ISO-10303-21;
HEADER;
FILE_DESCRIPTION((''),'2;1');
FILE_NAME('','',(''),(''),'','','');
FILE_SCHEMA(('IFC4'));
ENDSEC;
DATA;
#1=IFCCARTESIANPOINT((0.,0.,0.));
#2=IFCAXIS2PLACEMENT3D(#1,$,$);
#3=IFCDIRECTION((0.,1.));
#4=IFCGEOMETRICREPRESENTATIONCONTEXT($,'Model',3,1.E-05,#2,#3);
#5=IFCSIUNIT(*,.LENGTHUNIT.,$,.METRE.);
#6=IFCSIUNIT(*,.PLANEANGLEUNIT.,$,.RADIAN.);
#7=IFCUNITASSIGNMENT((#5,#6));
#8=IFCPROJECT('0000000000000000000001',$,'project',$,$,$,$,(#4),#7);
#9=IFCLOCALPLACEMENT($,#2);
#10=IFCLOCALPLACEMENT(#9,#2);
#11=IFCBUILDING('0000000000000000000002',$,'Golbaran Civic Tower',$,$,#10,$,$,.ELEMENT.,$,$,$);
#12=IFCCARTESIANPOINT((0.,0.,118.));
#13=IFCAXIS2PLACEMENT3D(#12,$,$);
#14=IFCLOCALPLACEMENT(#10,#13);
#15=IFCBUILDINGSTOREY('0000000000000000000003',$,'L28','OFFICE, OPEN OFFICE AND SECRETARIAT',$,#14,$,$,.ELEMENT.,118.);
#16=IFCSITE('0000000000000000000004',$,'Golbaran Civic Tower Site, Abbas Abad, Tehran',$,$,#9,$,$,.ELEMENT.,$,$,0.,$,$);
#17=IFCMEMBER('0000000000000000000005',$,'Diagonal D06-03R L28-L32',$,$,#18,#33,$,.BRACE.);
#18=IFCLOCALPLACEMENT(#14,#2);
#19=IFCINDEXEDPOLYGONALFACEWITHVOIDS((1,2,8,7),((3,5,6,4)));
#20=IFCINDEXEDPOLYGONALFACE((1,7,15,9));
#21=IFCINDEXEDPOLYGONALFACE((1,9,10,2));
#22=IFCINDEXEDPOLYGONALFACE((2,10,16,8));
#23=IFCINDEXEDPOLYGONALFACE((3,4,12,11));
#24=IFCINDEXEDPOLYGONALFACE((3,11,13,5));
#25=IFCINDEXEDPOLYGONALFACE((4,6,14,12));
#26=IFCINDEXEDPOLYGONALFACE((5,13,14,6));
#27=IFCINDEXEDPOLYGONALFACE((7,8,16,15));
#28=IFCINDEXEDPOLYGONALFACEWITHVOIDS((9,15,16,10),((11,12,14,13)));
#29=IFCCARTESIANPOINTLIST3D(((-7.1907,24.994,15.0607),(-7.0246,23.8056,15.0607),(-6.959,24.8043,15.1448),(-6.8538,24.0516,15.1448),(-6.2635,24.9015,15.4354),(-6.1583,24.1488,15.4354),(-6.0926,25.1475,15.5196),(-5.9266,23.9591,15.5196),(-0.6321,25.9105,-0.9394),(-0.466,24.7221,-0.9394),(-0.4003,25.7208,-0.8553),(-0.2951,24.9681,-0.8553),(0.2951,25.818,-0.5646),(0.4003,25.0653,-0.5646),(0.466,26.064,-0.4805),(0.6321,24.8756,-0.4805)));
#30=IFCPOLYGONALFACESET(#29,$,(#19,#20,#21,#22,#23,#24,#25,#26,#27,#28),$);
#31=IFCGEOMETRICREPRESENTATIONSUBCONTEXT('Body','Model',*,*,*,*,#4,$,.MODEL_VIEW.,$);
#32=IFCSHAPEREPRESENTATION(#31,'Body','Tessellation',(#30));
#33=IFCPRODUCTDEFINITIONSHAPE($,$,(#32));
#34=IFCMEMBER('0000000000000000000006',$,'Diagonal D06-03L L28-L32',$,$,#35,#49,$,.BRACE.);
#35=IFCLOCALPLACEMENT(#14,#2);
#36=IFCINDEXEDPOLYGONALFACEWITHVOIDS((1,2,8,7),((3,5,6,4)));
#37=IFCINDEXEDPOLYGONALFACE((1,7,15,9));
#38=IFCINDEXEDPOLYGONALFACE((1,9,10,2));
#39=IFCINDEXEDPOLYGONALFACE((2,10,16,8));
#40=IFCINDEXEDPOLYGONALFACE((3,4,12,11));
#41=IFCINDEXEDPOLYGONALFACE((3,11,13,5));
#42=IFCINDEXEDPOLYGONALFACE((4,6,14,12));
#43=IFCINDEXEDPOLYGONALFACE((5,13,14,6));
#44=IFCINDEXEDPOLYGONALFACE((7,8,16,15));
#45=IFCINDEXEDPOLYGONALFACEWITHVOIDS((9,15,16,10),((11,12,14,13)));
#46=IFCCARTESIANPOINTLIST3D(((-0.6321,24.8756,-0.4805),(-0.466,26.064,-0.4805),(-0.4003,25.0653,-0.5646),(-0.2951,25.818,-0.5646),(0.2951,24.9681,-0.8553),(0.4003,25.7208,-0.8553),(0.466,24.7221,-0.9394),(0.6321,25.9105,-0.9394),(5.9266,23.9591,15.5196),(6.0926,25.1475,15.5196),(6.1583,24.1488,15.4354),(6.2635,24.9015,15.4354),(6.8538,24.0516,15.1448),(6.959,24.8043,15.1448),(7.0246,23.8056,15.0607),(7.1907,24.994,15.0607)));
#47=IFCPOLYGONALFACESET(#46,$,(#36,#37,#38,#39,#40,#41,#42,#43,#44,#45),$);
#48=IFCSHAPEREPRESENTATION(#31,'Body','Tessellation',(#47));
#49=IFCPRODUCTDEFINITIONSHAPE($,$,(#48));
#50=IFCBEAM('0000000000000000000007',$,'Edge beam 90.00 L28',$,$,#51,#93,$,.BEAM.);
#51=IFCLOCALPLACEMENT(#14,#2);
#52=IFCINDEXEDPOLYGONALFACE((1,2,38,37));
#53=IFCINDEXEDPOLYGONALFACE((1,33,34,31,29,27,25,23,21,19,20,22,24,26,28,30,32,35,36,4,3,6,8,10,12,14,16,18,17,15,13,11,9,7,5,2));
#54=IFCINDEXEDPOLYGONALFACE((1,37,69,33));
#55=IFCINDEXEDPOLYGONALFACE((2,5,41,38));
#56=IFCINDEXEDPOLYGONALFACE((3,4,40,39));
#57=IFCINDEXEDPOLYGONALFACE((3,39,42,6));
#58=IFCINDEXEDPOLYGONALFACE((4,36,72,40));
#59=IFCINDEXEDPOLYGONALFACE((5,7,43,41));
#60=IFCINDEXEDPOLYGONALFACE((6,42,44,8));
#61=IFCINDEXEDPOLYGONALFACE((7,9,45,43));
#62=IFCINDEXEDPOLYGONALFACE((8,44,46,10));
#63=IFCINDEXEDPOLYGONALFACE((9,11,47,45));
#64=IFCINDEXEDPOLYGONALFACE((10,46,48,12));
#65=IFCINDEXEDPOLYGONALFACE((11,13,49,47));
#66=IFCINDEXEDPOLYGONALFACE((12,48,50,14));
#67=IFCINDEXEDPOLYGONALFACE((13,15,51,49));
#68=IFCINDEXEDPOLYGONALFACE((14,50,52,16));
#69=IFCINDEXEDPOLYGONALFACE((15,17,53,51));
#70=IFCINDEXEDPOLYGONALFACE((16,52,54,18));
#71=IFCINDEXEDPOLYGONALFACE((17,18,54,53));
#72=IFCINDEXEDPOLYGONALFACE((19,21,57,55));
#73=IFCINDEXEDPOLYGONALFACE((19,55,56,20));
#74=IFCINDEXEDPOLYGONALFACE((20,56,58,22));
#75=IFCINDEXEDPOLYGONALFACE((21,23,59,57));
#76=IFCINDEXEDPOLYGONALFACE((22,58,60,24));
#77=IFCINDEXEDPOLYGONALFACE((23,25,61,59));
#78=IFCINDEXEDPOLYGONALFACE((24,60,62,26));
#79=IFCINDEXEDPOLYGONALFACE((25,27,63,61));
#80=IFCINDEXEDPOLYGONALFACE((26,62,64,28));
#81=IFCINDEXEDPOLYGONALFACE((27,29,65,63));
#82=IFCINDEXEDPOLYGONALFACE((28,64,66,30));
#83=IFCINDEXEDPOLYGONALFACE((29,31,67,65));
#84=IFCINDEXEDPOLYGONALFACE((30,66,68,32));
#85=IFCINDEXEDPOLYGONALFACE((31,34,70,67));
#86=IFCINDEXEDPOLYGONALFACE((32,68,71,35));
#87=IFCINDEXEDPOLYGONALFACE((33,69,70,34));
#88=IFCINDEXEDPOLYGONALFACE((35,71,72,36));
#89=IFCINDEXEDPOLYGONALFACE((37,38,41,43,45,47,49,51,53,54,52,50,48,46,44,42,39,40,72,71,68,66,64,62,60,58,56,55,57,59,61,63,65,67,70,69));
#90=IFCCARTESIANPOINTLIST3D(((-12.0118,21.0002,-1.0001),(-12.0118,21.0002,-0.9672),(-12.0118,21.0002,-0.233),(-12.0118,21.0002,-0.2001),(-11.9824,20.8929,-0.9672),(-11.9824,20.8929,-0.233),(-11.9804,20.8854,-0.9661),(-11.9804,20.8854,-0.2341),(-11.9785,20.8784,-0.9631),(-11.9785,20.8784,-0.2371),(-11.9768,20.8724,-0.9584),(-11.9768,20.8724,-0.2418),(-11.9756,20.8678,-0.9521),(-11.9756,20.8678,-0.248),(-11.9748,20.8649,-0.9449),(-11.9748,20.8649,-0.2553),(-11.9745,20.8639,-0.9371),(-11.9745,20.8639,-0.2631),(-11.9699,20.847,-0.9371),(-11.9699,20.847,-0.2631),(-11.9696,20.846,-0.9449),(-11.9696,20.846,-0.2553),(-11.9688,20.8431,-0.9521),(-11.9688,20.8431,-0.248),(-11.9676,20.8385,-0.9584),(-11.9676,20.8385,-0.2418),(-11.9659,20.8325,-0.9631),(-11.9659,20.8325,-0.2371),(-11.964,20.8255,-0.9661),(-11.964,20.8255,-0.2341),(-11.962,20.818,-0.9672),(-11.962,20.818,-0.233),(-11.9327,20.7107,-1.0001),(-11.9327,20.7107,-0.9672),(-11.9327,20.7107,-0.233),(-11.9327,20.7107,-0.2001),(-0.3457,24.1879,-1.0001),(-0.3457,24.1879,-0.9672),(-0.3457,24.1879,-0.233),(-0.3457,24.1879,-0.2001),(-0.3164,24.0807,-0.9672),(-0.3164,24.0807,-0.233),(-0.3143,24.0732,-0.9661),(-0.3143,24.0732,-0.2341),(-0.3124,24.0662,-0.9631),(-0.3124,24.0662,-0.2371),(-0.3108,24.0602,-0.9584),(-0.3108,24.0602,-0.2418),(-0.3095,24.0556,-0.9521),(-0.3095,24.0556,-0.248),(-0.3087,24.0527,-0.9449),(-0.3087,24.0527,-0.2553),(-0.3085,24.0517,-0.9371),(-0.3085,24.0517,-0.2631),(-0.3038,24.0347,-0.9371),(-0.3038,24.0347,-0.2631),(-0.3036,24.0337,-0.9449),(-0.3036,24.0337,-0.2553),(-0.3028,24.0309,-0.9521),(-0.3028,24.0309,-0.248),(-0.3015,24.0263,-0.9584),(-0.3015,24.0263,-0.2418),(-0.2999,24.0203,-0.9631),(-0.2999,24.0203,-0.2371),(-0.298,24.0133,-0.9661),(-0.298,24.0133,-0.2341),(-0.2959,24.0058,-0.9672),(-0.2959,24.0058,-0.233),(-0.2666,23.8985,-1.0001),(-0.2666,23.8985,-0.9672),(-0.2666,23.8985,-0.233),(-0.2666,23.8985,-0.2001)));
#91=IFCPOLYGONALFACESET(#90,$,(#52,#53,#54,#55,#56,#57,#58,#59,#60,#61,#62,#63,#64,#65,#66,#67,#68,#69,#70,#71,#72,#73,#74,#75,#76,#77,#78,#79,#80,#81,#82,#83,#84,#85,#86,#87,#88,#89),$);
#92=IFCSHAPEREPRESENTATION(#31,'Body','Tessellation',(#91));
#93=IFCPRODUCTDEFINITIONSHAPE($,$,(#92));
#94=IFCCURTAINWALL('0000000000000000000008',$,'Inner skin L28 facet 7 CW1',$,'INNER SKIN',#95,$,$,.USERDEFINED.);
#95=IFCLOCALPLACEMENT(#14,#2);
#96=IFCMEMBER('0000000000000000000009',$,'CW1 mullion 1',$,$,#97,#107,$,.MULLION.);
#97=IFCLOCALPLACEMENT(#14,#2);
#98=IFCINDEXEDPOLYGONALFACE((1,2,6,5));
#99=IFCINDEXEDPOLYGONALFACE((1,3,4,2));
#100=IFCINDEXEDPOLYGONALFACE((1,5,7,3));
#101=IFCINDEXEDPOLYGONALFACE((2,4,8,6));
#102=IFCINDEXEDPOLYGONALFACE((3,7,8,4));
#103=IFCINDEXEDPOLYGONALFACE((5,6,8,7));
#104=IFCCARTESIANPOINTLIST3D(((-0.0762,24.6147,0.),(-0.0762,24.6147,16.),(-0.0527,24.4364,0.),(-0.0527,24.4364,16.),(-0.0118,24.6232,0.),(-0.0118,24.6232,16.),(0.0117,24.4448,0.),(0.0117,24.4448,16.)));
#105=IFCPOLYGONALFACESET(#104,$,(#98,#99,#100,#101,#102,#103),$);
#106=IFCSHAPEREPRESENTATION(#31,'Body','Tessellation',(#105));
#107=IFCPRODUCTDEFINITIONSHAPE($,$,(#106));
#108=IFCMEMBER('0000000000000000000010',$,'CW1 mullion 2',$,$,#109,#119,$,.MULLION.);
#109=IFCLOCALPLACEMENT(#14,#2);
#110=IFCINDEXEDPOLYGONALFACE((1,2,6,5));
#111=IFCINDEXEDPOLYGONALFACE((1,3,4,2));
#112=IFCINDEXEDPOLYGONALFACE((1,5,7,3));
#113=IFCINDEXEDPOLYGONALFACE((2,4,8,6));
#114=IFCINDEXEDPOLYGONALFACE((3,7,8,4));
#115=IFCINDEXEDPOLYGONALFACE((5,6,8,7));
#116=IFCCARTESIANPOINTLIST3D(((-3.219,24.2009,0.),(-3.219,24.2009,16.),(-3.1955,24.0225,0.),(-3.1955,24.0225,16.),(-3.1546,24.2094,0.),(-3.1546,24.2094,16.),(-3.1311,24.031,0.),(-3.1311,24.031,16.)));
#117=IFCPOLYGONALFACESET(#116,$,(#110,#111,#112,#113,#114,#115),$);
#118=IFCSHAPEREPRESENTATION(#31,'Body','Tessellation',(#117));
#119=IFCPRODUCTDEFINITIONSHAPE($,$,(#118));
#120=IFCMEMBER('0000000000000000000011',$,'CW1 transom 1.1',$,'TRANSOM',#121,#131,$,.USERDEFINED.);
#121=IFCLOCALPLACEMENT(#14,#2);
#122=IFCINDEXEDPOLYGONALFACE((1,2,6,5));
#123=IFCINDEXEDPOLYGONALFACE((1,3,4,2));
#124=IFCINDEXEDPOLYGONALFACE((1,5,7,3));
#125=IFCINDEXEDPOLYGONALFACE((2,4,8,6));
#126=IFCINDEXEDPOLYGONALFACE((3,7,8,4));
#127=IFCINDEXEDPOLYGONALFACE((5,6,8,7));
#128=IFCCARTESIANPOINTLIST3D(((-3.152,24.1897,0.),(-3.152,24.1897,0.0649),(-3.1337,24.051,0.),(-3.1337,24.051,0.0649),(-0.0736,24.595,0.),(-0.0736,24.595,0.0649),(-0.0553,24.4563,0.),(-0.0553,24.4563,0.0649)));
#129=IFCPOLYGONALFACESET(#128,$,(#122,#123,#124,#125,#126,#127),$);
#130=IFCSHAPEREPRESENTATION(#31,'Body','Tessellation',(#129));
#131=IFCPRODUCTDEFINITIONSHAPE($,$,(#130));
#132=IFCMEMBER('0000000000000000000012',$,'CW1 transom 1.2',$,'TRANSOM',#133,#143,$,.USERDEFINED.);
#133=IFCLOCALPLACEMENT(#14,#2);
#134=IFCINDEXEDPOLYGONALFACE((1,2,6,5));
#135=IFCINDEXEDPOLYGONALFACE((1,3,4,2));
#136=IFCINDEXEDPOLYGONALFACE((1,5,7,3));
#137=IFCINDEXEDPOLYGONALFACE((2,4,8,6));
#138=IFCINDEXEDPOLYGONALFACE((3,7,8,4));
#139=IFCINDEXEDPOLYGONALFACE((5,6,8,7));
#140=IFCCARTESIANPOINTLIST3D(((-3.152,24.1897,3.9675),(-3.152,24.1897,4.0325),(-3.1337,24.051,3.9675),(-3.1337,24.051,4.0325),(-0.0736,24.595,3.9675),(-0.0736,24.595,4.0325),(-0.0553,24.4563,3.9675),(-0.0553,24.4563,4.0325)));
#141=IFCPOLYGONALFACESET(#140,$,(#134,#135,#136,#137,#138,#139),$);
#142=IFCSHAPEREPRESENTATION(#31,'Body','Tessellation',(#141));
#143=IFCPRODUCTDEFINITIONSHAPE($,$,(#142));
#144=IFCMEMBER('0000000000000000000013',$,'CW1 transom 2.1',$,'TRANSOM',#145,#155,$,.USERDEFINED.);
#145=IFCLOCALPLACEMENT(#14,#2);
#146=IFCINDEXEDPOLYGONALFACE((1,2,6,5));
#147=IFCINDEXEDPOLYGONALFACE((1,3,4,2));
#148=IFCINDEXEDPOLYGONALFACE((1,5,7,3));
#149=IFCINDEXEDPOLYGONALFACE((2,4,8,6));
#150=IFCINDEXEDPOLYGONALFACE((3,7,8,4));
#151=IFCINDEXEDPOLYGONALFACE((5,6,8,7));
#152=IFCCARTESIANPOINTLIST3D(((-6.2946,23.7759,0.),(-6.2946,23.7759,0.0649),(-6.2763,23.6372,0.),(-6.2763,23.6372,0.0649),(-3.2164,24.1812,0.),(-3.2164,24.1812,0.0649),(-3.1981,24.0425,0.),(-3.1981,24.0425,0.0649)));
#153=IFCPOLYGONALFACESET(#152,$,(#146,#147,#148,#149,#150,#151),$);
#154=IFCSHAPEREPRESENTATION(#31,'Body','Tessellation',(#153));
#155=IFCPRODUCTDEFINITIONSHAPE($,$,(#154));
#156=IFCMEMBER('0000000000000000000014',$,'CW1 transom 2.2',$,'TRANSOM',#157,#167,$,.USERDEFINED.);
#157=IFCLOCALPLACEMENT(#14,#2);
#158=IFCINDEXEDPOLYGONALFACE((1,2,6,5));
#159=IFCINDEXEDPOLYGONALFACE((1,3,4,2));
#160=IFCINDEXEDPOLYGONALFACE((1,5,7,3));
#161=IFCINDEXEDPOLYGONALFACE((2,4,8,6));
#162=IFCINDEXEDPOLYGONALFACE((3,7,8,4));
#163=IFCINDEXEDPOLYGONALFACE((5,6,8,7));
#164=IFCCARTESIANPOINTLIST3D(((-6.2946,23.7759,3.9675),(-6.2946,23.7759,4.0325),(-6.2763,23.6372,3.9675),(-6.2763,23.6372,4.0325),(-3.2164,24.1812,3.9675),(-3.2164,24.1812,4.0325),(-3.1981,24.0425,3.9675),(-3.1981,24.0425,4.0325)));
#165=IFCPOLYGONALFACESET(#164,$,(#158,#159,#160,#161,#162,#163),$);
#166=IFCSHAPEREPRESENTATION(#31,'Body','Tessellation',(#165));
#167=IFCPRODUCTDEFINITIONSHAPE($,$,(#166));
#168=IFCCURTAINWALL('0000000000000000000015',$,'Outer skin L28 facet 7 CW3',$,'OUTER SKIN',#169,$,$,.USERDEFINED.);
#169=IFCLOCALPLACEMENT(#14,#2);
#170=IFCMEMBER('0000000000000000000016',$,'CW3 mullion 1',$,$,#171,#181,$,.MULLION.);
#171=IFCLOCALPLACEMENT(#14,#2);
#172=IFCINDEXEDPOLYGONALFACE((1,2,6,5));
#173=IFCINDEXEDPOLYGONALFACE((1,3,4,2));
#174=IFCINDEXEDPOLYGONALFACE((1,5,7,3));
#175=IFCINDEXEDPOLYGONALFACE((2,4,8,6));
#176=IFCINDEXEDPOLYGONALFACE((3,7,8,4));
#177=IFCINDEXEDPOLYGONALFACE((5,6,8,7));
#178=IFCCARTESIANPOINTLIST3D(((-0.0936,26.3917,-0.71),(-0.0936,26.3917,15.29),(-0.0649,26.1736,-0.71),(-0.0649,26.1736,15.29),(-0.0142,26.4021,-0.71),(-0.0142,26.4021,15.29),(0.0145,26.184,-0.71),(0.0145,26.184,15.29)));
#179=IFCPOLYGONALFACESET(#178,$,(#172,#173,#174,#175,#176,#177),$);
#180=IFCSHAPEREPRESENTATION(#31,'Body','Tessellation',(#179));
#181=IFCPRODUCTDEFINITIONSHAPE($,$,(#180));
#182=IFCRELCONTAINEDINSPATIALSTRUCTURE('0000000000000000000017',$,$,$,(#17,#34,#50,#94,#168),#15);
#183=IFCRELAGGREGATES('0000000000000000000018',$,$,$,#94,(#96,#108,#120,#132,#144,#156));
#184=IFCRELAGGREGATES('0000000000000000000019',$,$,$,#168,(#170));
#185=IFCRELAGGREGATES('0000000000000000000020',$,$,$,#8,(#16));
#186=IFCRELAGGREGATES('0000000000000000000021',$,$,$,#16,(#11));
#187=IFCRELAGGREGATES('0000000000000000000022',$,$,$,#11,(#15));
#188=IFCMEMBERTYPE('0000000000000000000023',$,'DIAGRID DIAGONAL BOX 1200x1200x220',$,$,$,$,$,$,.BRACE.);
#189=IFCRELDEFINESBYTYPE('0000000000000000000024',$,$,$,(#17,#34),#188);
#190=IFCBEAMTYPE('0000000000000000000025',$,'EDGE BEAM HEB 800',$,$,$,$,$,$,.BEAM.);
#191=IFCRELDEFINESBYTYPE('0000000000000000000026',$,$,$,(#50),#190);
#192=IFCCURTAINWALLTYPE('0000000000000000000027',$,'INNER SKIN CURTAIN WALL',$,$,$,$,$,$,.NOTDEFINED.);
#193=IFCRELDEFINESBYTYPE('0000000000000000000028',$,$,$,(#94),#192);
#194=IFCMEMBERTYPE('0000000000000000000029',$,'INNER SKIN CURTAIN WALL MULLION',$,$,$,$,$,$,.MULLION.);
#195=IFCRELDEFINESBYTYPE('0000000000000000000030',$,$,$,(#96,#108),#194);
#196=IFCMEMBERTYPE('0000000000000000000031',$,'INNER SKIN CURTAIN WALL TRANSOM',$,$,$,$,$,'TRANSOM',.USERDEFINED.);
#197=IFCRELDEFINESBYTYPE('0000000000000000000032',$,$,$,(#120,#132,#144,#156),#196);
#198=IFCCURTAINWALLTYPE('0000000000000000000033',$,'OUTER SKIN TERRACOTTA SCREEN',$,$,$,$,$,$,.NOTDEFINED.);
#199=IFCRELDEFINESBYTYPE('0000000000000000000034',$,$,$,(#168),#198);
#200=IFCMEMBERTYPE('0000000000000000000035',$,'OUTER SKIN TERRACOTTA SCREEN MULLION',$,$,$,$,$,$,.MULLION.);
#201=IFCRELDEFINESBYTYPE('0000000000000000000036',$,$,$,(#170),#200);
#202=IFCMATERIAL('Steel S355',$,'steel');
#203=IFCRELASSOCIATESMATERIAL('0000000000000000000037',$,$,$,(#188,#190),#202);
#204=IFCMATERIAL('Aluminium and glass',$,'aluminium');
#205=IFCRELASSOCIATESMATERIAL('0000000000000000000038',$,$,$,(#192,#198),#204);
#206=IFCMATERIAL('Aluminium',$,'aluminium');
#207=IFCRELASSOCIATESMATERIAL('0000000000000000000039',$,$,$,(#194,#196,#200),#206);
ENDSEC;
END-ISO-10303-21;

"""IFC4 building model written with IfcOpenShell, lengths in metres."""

from ifc_helpers import new_model, si_unit, direction, frame, origin, origin_2d, place, context, subcontext, project, spatial, rectangle, hollow_rectangle, i_section, extrude, material, material_profile, profile_set, type_object, element, aggregate, save


model = new_model("IFC4")

# Units and contexts
model_context = context("Model", 3, precision=1e-05, world=origin(), true_north=direction((0.0, 1.0)))
body_context = subcontext(model_context, "Body", "Model", "MODEL_VIEW")
ifc_project = project(units=[si_unit("LENGTHUNIT", "METRE"), si_unit("PLANEANGLEUNIT", "RADIAN")], contexts=[model_context])

# Site, building, storey
site_placement = place(None, origin())
site = spatial("IfcSite", under=ifc_project, at=site_placement, Name="Golbaran Civic Tower Site, Abbas Abad, Tehran", CompositionType="ELEMENT", RefElevation=0.0)
building_placement = place(site_placement, origin())
building = spatial("IfcBuilding", under=site, at=building_placement, Name="Golbaran Civic Tower", CompositionType="ELEMENT")
storey_placement = place(building_placement, frame((0.0, 0.0, 118.0)))
storey = spatial("IfcBuildingStorey", under=building, at=storey_placement, Name="L28", Description="OFFICE, OPEN OFFICE AND SECRETARIAT", CompositionType="ELEMENT", Elevation=118.0)

# Members
ifc_material_1 = material(Name="Steel S355", Category="steel")
ifc_material_profile_1 = material_profile(ifc_material_1, hollow_rectangle(XDim=1.2, YDim=1.2, WallThickness=0.22, at=origin_2d()), Name="BOX 1200x1200x220")
ifc_profile_set_1 = profile_set([ifc_material_profile_1], Name="Steel S355")
member_type_1 = type_object("IfcMemberType", Name="DIAGRID DIAGONAL BOX 1200x1200x220", PredefinedType="BRACE", material=ifc_profile_set_1)
for number, where, z_axis, x_axis, name in (
    (1, (0.0, 25.3931, -0.71), (-0.378752, -0.052927, 0.923984), (0.138396, -0.990377, 0.0), "Diagonal D06-03R L28-L32"),
    (2, (0.0, 25.3931, -0.71), (0.378752, -0.052927, 0.923984), (0.138396, 0.990377, 0.0), "Diagonal D06-03L L28-L32"),
):
    element("IfcMember", number, at=place(storey_placement, frame(where, z_axis=z_axis, x_axis=x_axis)), inside=storey, type_object=member_type_1, Name=name, PredefinedType="BRACE", context=body_context, shape_type="SweptSolid", body=[
        extrude(hollow_rectangle(XDim=1.2, YDim=1.2, WallThickness=0.22, at=origin_2d()), origin(), (0.0, 0.0, 1.0), 17.3164),
    ])

# Beam
ifc_material_profile_2 = material_profile(ifc_material_1, i_section(OverallWidth=0.3, OverallDepth=0.8, WebThickness=0.0176, FlangeThickness=0.033, FilletRadius=0.03, at=origin_2d()), Name="HEB 800")
ifc_profile_set_2 = profile_set([ifc_material_profile_2], Name="Steel S355")
beam_type = type_object("IfcBeamType", Name="EDGE BEAM HEB 800", PredefinedType="BEAM", material=ifc_profile_set_2)
beam_placement = place(storey_placement, frame((-0.3062, 24.0432, -0.6001), z_axis=(-0.964636, -0.263587, 0.0), x_axis=(0.263587, -0.964636, 0.0)))
element("IfcBeam", 3, at=beam_placement, inside=storey, type_object=beam_type, Name="Edge beam 90.00 L28", PredefinedType="BEAM", context=body_context, shape_type="SweptSolid", body=[
    extrude(i_section(OverallWidth=0.3, OverallDepth=0.8, WebThickness=0.0176, FlangeThickness=0.033, FilletRadius=0.03, at=origin_2d()), origin(), (0.0, 0.0, 1.0), 12.0938),
])

# Curtain walls, members
ifc_material_2 = material(Name="Aluminium and glass", Category="aluminium")
curtain_wall_type_1 = type_object("IfcCurtainWallType", Name="INNER SKIN CURTAIN WALL", PredefinedType="NOTDEFINED", material=ifc_material_2)
curtain_wall_1_placement = place(storey_placement, origin())
curtain_wall_1 = element("IfcCurtainWall", 4, at=curtain_wall_1_placement, inside=storey, type_object=curtain_wall_type_1, Name="Inner skin L28 facet 7 CW1", ObjectType="INNER SKIN", PredefinedType="USERDEFINED")
ifc_material_3 = material(Name="Aluminium", Category="aluminium")
ifc_material_profile_3 = material_profile(ifc_material_3, rectangle(XDim=0.1799, YDim=0.0649, at=origin_2d()), Name="INNER SKIN CURTAIN WALL MULLION")
ifc_profile_set_3 = profile_set([ifc_material_profile_3], Name="Aluminium")
member_type_2 = type_object("IfcMemberType", Name="INNER SKIN CURTAIN WALL MULLION", PredefinedType="MULLION", material=ifc_profile_set_3)
member_1_placement = place(storey_placement, frame((-0.0322, 24.5298, 0.0), z_axis=(0.0, 0.0, 1.0), x_axis=(0.130526, -0.991445, 0.0)))
member_1 = element("IfcMember", 5, at=member_1_placement, type_object=member_type_2, Name="CW1 mullion 1", PredefinedType="MULLION", context=body_context, shape_type="SweptSolid", body=[
    extrude(rectangle(XDim=0.1799, YDim=0.0649, at=origin_2d()), origin(), (0.0, 0.0, 1.0), 16.0),
])
member_2_placement = place(storey_placement, frame((-3.175, 24.116, 0.0), z_axis=(0.0, 0.0, 1.0), x_axis=(0.130526, -0.991445, 0.0)))
member_2 = element("IfcMember", 6, at=member_2_placement, type_object=member_type_2, Name="CW1 mullion 2", PredefinedType="MULLION", context=body_context, shape_type="SweptSolid", body=[
    extrude(rectangle(XDim=0.1799, YDim=0.0649, at=origin_2d()), origin(), (0.0, 0.0, 1.0), 16.0),
])
ifc_material_profile_4 = material_profile(ifc_material_3, rectangle(XDim=0.1399, YDim=0.0649, at=origin_2d()), Name="INNER SKIN CURTAIN WALL TRANSOM")
ifc_profile_set_4 = profile_set([ifc_material_profile_4], Name="Aluminium")
member_type_3 = type_object("IfcMemberType", Name="INNER SKIN CURTAIN WALL TRANSOM", ElementType="TRANSOM", PredefinedType="USERDEFINED", material=ifc_profile_set_4)
member_3_placement = place(storey_placement, frame((-0.0645, 24.5256, 0.0325), z_axis=(-0.991445, -0.130526, 0.0), x_axis=(0.130526, -0.991445, 0.0)))
member_3 = element("IfcMember", 7, at=member_3_placement, type_object=member_type_3, Name="CW1 transom 1.1", ObjectType="TRANSOM", PredefinedType="USERDEFINED", context=body_context, shape_type="SweptSolid", body=[
    extrude(rectangle(XDim=0.1399, YDim=0.0649, at=origin_2d()), origin(), (0.0, 0.0, 1.0), 3.105),
])
member_4_placement = place(storey_placement, frame((-0.0645, 24.5256, 4.0), z_axis=(-0.991445, -0.130526, 0.0), x_axis=(0.130526, -0.991445, 0.0)))
member_4 = element("IfcMember", 8, at=member_4_placement, type_object=member_type_3, Name="CW1 transom 1.2", ObjectType="TRANSOM", PredefinedType="USERDEFINED", context=body_context, shape_type="SweptSolid", body=[
    extrude(rectangle(XDim=0.1399, YDim=0.0649, at=origin_2d()), origin(), (0.0, 0.0, 1.0), 3.105),
])
member_5_placement = place(storey_placement, frame((-3.2073, 24.1118, 0.0325), z_axis=(-0.991444, -0.130536, 0.0), x_axis=(0.130536, -0.991444, 0.0)))
member_5 = element("IfcMember", 9, at=member_5_placement, type_object=member_type_3, Name="CW1 transom 2.1", ObjectType="TRANSOM", PredefinedType="USERDEFINED", context=body_context, shape_type="SweptSolid", body=[
    extrude(rectangle(XDim=0.1399, YDim=0.0649, at=origin_2d()), origin(), (0.0, 0.0, 1.0), 3.1047),
])
member_6_placement = place(storey_placement, frame((-3.2073, 24.1118, 4.0), z_axis=(-0.991444, -0.130536, 0.0), x_axis=(0.130536, -0.991444, 0.0)))
member_6 = element("IfcMember", 10, at=member_6_placement, type_object=member_type_3, Name="CW1 transom 2.2", ObjectType="TRANSOM", PredefinedType="USERDEFINED", context=body_context, shape_type="SweptSolid", body=[
    extrude(rectangle(XDim=0.1399, YDim=0.0649, at=origin_2d()), origin(), (0.0, 0.0, 1.0), 3.1047),
])
curtain_wall_type_2 = type_object("IfcCurtainWallType", Name="OUTER SKIN TERRACOTTA SCREEN", PredefinedType="NOTDEFINED", material=ifc_material_2)
curtain_wall_2_placement = place(storey_placement, origin())
curtain_wall_2 = element("IfcCurtainWall", 11, at=curtain_wall_2_placement, inside=storey, type_object=curtain_wall_type_2, Name="Outer skin L28 facet 7 CW3", ObjectType="OUTER SKIN", PredefinedType="USERDEFINED")
ifc_material_profile_5 = material_profile(ifc_material_3, rectangle(XDim=0.22, YDim=0.0801, at=origin_2d()), Name="OUTER SKIN TERRACOTTA SCREEN MULLION")
ifc_profile_set_5 = profile_set([ifc_material_profile_5], Name="Aluminium")
member_type_4 = type_object("IfcMemberType", Name="OUTER SKIN TERRACOTTA SCREEN MULLION", PredefinedType="MULLION", material=ifc_profile_set_5)
member_7_placement = place(storey_placement, frame((-0.0396, 26.2878, -0.71), z_axis=(0.0, 0.0, 1.0), x_axis=(0.130526, -0.991445, 0.0)))
member_7 = element("IfcMember", 12, at=member_7_placement, type_object=member_type_4, Name="CW3 mullion 1", PredefinedType="MULLION", context=body_context, shape_type="SweptSolid", body=[
    extrude(rectangle(XDim=0.22, YDim=0.0801, at=origin_2d()), origin(), (0.0, 0.0, 1.0), 16.0),
])

aggregate(curtain_wall_1, [member_1, member_2, member_3, member_4, member_5, member_6])
aggregate(curtain_wall_2, [member_7])

save(model, "model.ifc")
